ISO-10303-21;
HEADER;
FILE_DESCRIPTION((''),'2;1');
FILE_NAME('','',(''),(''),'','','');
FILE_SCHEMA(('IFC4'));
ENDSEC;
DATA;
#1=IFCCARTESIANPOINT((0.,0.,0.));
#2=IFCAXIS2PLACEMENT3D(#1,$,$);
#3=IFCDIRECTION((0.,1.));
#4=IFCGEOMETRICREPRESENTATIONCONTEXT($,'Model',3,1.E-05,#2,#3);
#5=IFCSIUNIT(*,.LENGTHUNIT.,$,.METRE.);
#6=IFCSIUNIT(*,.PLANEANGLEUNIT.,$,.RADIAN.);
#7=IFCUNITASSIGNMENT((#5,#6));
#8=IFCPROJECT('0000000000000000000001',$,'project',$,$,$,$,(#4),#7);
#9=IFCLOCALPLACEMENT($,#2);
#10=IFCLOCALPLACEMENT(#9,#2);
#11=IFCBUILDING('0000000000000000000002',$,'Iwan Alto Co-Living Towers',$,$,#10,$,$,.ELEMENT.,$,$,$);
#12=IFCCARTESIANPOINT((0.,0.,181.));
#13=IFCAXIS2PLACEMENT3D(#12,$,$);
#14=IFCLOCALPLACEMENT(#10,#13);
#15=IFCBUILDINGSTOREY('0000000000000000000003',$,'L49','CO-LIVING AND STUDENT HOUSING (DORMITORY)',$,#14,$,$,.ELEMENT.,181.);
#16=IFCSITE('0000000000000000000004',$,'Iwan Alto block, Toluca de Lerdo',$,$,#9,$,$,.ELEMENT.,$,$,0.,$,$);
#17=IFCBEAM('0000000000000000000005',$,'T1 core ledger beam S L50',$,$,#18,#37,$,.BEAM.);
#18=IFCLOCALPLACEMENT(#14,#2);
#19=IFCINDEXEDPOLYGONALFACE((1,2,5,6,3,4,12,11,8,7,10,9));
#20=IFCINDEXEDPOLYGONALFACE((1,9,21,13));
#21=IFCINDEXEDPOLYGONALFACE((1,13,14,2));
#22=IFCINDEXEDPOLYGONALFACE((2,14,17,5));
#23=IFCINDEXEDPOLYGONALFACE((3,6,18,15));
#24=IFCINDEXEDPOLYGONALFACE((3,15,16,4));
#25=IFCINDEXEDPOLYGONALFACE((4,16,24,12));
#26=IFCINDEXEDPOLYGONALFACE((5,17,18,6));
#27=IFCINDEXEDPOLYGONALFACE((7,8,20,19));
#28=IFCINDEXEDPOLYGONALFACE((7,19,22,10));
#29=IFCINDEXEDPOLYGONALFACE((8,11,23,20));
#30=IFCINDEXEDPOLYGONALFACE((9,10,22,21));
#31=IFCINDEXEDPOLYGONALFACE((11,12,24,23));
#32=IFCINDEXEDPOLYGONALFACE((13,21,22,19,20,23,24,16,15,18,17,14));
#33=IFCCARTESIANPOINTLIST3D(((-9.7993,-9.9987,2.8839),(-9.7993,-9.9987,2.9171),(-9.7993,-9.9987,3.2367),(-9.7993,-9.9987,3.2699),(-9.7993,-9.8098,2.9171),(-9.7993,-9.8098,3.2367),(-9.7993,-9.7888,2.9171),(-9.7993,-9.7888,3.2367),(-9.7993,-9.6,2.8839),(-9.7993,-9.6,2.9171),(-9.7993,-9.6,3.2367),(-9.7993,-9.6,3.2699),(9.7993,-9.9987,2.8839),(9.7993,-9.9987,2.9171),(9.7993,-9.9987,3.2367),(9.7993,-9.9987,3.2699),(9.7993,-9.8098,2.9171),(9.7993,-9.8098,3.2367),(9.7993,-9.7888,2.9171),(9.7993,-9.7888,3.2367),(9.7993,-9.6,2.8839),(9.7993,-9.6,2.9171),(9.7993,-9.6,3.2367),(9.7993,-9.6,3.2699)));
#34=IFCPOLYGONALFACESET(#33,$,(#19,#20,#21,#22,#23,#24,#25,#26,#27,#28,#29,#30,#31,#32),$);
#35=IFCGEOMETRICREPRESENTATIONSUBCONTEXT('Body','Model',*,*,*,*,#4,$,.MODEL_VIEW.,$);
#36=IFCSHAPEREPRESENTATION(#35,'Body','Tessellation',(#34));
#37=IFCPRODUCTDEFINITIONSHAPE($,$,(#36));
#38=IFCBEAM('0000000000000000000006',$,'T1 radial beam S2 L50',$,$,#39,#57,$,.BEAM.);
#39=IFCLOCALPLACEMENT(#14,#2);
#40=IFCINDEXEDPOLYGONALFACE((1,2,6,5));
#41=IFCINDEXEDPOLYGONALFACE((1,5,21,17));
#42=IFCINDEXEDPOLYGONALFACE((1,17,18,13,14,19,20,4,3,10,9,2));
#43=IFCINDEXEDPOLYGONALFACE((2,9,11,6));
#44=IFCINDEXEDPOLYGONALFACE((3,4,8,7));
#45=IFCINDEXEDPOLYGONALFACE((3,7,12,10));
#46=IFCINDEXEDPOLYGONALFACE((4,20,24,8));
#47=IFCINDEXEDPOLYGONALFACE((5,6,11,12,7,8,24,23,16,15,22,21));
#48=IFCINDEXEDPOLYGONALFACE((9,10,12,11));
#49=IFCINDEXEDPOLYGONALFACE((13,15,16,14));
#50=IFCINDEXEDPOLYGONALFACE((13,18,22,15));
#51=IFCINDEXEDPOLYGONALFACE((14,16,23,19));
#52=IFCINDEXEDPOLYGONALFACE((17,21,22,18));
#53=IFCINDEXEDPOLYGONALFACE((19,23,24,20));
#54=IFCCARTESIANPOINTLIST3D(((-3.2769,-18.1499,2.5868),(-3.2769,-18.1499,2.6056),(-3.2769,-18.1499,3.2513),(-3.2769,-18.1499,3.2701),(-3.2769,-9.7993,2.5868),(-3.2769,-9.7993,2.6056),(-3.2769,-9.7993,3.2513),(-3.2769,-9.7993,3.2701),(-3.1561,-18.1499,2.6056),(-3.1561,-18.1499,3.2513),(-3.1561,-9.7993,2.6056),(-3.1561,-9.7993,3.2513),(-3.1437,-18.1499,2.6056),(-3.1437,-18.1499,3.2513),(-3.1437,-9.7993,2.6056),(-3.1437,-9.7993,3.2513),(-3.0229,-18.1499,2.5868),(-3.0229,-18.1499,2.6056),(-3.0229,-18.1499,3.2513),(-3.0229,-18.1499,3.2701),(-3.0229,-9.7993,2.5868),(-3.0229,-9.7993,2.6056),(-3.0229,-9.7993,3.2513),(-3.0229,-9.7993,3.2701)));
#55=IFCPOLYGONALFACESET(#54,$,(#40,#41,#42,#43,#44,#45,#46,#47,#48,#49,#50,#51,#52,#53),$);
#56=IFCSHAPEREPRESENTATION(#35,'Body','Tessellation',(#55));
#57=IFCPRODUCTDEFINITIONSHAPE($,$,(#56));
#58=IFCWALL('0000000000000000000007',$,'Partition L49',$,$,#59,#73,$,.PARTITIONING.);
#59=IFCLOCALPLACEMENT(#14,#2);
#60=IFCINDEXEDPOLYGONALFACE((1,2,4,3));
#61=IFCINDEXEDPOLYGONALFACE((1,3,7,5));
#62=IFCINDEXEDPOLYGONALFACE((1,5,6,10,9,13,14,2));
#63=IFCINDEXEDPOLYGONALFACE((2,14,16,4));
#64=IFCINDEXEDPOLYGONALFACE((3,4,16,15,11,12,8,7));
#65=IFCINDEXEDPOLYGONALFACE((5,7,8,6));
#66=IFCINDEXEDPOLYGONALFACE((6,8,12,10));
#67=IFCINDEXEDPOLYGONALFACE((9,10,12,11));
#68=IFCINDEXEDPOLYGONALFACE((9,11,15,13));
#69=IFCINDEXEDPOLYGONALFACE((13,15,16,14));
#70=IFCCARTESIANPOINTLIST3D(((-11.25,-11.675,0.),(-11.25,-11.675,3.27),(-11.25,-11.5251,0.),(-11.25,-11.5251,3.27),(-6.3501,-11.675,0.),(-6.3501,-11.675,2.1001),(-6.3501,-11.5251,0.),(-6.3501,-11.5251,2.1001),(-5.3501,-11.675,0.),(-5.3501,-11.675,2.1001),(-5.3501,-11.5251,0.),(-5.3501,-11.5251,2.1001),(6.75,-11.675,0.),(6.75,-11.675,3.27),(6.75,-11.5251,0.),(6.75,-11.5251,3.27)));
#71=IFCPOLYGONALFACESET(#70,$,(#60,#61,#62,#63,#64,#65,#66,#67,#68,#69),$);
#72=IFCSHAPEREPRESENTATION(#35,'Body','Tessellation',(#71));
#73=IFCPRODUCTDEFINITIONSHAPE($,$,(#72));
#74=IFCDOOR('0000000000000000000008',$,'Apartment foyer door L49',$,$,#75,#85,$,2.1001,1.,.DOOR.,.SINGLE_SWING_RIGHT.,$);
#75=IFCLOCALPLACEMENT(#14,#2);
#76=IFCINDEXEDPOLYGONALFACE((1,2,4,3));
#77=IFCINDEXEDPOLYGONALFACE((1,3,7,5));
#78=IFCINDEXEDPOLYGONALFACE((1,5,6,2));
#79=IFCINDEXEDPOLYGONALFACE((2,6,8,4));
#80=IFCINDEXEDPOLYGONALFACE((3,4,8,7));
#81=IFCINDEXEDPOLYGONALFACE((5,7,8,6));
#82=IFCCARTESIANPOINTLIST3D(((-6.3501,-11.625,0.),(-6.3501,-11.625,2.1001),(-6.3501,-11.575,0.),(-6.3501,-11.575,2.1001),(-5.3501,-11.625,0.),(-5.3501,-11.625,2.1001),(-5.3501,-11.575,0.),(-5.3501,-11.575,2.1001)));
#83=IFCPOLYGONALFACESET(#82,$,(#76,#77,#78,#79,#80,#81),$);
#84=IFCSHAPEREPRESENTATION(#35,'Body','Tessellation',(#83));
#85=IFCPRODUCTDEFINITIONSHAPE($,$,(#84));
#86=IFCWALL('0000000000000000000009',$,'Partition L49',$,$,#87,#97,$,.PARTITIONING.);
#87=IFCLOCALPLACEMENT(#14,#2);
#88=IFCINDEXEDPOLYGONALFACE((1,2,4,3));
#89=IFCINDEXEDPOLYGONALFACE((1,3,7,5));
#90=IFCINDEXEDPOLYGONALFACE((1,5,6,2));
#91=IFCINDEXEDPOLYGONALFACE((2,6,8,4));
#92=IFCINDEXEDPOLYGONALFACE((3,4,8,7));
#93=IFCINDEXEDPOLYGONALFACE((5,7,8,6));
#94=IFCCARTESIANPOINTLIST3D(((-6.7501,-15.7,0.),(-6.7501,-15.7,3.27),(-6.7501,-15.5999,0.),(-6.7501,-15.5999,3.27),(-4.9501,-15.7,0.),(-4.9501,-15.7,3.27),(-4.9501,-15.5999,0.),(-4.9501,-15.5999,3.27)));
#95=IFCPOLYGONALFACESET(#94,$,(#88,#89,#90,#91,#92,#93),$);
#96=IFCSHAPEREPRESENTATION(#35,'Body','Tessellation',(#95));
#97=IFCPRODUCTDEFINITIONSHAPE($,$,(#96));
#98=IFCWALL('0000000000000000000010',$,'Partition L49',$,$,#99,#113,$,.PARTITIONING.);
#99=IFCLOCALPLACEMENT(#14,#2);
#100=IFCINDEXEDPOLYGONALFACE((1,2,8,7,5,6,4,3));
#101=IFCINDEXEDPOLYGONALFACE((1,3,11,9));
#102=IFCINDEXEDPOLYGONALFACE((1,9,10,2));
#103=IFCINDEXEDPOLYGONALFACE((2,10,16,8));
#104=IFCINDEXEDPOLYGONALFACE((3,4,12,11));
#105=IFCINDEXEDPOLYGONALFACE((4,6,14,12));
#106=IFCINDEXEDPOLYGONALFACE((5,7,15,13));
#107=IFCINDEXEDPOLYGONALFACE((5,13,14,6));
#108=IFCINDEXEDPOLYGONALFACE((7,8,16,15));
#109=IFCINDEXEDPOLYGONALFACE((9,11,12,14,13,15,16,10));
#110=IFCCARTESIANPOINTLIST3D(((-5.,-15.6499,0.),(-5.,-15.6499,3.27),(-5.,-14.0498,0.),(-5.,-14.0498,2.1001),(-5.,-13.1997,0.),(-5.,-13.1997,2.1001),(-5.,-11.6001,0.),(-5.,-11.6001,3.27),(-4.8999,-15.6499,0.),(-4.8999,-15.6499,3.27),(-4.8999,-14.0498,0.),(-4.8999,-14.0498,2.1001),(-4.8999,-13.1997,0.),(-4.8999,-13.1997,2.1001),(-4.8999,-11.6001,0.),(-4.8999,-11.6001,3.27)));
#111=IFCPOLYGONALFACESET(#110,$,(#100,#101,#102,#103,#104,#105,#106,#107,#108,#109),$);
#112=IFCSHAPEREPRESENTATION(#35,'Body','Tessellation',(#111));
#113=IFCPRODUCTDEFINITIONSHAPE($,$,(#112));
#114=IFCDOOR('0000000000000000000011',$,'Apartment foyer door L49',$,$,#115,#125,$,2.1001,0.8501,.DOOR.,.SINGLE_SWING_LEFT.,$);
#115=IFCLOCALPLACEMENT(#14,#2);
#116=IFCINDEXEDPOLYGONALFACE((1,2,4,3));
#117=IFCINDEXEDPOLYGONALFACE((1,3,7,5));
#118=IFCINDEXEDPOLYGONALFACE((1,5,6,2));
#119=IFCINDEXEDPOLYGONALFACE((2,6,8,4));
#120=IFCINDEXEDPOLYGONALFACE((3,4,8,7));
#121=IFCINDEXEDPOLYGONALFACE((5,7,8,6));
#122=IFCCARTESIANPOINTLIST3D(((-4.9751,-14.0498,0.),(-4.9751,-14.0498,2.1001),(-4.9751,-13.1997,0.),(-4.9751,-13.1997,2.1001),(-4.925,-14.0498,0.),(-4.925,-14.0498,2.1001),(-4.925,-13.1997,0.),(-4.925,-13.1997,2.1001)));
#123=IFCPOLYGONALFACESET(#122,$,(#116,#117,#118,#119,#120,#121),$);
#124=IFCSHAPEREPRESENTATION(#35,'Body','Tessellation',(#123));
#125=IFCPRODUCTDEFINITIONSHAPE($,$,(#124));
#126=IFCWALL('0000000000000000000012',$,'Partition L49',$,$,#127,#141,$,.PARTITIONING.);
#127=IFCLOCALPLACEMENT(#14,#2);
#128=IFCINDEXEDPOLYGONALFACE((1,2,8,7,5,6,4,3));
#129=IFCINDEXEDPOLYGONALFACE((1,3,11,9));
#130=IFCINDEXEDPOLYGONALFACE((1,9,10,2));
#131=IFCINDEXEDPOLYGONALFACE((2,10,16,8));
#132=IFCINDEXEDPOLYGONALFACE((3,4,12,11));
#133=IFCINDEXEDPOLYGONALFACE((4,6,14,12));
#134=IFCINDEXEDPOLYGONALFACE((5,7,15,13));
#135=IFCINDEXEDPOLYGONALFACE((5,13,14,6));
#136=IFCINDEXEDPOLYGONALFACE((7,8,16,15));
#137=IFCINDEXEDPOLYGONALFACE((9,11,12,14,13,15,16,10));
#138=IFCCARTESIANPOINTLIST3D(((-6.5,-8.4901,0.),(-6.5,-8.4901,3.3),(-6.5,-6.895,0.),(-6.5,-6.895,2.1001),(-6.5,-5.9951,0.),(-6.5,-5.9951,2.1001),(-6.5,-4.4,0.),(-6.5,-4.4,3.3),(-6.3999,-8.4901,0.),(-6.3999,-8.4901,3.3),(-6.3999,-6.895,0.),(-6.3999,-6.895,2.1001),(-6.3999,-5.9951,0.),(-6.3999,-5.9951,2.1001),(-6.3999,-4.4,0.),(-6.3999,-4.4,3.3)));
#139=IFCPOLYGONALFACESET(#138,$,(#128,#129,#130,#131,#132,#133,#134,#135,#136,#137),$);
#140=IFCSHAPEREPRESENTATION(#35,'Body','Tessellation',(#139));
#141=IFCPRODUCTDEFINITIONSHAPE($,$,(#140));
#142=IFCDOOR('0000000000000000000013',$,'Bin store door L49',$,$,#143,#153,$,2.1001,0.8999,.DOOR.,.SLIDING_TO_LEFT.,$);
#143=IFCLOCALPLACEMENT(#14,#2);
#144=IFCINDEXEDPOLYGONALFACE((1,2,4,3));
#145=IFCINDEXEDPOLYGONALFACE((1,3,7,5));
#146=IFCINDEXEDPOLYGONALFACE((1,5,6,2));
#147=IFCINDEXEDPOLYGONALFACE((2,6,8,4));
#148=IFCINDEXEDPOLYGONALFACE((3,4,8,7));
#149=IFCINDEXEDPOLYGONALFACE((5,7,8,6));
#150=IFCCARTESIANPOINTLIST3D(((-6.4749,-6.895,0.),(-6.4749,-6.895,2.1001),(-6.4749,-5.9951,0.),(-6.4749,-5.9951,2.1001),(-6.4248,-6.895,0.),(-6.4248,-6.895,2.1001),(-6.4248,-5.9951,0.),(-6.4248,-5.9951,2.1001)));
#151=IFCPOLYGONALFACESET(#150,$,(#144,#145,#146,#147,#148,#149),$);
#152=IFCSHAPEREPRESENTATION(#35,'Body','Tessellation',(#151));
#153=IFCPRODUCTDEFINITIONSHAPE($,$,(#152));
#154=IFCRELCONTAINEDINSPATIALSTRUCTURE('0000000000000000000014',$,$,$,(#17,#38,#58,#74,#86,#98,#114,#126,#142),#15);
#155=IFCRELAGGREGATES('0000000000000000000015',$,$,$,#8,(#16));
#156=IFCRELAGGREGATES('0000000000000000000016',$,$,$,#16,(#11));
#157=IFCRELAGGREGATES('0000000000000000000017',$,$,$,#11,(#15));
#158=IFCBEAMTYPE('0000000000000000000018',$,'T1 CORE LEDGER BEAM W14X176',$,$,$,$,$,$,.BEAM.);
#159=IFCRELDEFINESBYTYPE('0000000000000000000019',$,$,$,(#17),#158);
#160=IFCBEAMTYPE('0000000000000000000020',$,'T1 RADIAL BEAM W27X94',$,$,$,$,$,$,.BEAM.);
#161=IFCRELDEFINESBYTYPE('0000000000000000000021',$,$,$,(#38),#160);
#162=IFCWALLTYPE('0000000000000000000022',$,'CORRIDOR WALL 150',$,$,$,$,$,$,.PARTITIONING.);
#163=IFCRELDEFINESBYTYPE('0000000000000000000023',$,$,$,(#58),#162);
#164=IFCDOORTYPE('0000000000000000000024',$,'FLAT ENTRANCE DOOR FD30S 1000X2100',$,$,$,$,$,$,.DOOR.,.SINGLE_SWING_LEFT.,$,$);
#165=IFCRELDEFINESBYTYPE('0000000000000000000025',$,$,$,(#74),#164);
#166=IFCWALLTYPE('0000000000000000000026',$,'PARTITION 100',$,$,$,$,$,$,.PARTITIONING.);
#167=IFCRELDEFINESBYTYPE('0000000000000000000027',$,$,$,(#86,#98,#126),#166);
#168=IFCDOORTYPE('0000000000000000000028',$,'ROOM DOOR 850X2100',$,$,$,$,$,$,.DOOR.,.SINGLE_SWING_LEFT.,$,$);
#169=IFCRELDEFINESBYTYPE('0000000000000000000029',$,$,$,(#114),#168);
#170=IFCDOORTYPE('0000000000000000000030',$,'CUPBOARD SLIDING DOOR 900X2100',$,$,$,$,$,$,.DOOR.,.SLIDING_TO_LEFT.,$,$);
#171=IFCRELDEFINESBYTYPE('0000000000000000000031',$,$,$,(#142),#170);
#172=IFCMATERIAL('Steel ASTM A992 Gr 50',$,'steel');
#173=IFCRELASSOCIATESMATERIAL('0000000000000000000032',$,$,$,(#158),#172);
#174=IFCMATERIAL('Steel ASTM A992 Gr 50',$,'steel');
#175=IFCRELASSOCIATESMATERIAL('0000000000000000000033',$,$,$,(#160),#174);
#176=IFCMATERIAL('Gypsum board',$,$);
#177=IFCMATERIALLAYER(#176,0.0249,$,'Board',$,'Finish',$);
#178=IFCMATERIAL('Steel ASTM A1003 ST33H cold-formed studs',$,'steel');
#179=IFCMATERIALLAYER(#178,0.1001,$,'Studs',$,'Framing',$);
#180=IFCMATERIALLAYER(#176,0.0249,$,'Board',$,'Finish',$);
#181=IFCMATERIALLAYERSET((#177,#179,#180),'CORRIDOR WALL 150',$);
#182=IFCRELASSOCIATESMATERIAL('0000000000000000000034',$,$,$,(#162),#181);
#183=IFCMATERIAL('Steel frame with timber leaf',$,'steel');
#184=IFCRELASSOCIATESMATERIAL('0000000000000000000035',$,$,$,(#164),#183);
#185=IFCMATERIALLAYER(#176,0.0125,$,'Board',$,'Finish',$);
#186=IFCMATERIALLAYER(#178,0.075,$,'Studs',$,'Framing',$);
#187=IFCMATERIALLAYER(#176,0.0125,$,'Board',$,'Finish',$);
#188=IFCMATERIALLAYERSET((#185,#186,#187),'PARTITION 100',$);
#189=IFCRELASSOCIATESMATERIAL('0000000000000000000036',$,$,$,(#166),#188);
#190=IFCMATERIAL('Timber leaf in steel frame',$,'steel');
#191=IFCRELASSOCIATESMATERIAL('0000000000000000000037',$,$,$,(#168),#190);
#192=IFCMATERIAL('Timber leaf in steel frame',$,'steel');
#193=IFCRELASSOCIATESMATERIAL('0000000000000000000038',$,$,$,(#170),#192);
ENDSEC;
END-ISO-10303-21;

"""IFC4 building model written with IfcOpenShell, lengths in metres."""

from ifc_helpers import new_model, si_unit, direction, frame, frame_2d, origin, origin_2d, place, context, subcontext, project, spatial, rectangle, i_section, extrude, material, layer, layer_set, material_profile, profile_set, type_object, element, fill, save


model = new_model("IFC4")

# Units and contexts
model_context = context("Model", 3, precision=1e-05, world=origin(), true_north=direction((0.0, 1.0)))
body_context = subcontext(model_context, "Body", "Model", "MODEL_VIEW")
ifc_project = project(units=[si_unit("LENGTHUNIT", "METRE"), si_unit("PLANEANGLEUNIT", "RADIAN")], contexts=[model_context])

# Site, building, storey
site_placement = place(None, origin())
site = spatial("IfcSite", under=ifc_project, at=site_placement, Name="Iwan Alto block, Toluca de Lerdo", CompositionType="ELEMENT", RefElevation=0.0)
building_placement = place(site_placement, origin())
building = spatial("IfcBuilding", under=site, at=building_placement, Name="Iwan Alto Co-Living Towers", CompositionType="ELEMENT")
storey_placement = place(building_placement, frame((0.0, 0.0, 181.0)))
storey = spatial("IfcBuildingStorey", under=building, at=storey_placement, Name="L49", Description="CO-LIVING AND STUDENT HOUSING (DORMITORY)", CompositionType="ELEMENT", Elevation=181.0)

# Beams
ifc_material_1 = material(Name="Steel ASTM A992 Gr 50", Category="steel")
ifc_material_profile_1 = material_profile(ifc_material_1, i_section(OverallWidth=0.3987, OverallDepth=0.386, WebThickness=0.021, FlangeThickness=0.0332, at=origin_2d()), Name="W14X176")
ifc_profile_set_1 = profile_set([ifc_material_profile_1], Name="Steel ASTM A992 Gr 50")
beam_type_1 = type_object("IfcBeamType", Name="T1 CORE LEDGER BEAM W14X176", PredefinedType="BEAM", material=ifc_profile_set_1)
beam_1_placement = place(storey_placement, frame((-9.7993, -9.7993, 3.0769), z_axis=(1.0, 0.0, 0.0), x_axis=(0.0, 1.0, 0.0)))
element("IfcBeam", 1, at=beam_1_placement, inside=storey, type_object=beam_type_1, Name="T1 core ledger beam S L50", PredefinedType="BEAM", context=body_context, shape_type="SweptSolid", body=[
    extrude(i_section(OverallWidth=0.3987, OverallDepth=0.386, WebThickness=0.021, FlangeThickness=0.0332, at=origin_2d()), origin(), (0.0, 0.0, 1.0), 19.5986),
])
ifc_material_2 = material(Name="Steel ASTM A992 Gr 50", Category="steel")
ifc_material_profile_2 = material_profile(ifc_material_2, i_section(OverallWidth=0.2539, OverallDepth=0.6833, WebThickness=0.0125, FlangeThickness=0.0188, at=origin_2d()), Name="W27X94")
ifc_profile_set_2 = profile_set([ifc_material_profile_2], Name="Steel ASTM A992 Gr 50")
beam_type_2 = type_object("IfcBeamType", Name="T1 RADIAL BEAM W27X94", PredefinedType="BEAM", material=ifc_profile_set_2)
beam_2_placement = place(storey_placement, frame((-3.1499, -18.1499, 2.9285), z_axis=(0.0, 1.0, 0.0), x_axis=(-1.0, 0.0, 0.0)))
element("IfcBeam", 2, at=beam_2_placement, inside=storey, type_object=beam_type_2, Name="T1 radial beam S2 L50", PredefinedType="BEAM", context=body_context, shape_type="SweptSolid", body=[
    extrude(i_section(OverallWidth=0.2539, OverallDepth=0.6833, WebThickness=0.0125, FlangeThickness=0.0188, at=origin_2d()), origin(), (0.0, 0.0, 1.0), 8.3506),
])

# Wall, opening, door
ifc_material_3 = material(Name="Gypsum board")
ifc_layer_1 = layer(ifc_material_3, 0.0249, Name="Board", Category="Finish")
ifc_material_4 = material(Name="Steel ASTM A1003 ST33H cold-formed studs", Category="steel")
ifc_layer_2 = layer(ifc_material_4, 0.1001, Name="Studs", Category="Framing")
ifc_layer_3 = layer(ifc_material_3, 0.0249, Name="Board", Category="Finish")
ifc_layer_set_1 = layer_set([ifc_layer_1, ifc_layer_2, ifc_layer_3], Name="CORRIDOR WALL 150")
wall_type_1 = type_object("IfcWallType", Name="CORRIDOR WALL 150", PredefinedType="PARTITIONING", material=ifc_layer_set_1)
wall_1_placement = place(storey_placement, frame((-11.25, -11.6001, 0.0), z_axis=(0.0, 0.0, 1.0), x_axis=(1.0, 0.0, 0.0)))
wall_1 = element("IfcWall", 3, at=wall_1_placement, inside=storey, type_object=wall_type_1, Name="Partition L49", PredefinedType="PARTITIONING", context=body_context, shape_type="SweptSolid", body=[
    extrude(rectangle(XDim=18.0, YDim=0.1499, at=frame_2d((9.0, 0.0))), origin(), (0.0, 0.0, 1.0), 3.27),
])
opening_1_placement = place(wall_1_placement, frame((4.8999, 0.0, 0.0)))
opening_1 = element("IfcOpeningElement", 4, at=opening_1_placement, cuts=wall_1, PredefinedType="OPENING", context=body_context, shape_type="SweptSolid", body=[
    extrude(rectangle(XDim=1.0, YDim=2.1001, at=frame_2d((0.5, 1.05))), frame((0.0, 0.085, 0.0), z_axis=(0.0, -1.0, 0.0), x_axis=(1.0, 0.0, 0.0)), (0.0, 0.0, 1.0), 0.1699),
])
ifc_material_5 = material(Name="Steel frame with timber leaf", Category="steel")
door_type_1 = type_object("IfcDoorType", Name="FLAT ENTRANCE DOOR FD30S 1000X2100", OperationType="SINGLE_SWING_LEFT", PredefinedType="DOOR", material=ifc_material_5)
door_1_placement = place(opening_1_placement, frame((1.0, 0.0, 0.0), z_axis=(0.0, 0.0, 1.0), x_axis=(-1.0, 0.0, 0.0)))
door_1 = element("IfcDoor", 5, at=door_1_placement, inside=storey, type_object=door_type_1, Name="Apartment foyer door L49", OperationType="SINGLE_SWING_RIGHT", OverallHeight=2.1001, OverallWidth=1.0, PredefinedType="DOOR", context=body_context, shape_type="SweptSolid", body=[
    extrude(rectangle(XDim=1.0, YDim=2.1001, at=frame_2d((0.5, 1.05))), frame((0.0, 0.0249, 0.0), z_axis=(0.0, -1.0, 0.0), x_axis=(1.0, 0.0, 0.0)), (0.0, 0.0, 1.0), 0.05),
])
fill(opening_1, door_1)

# Wall
ifc_layer_4 = layer(ifc_material_3, 0.0125, Name="Board", Category="Finish")
ifc_layer_5 = layer(ifc_material_4, 0.075, Name="Studs", Category="Framing")
ifc_layer_6 = layer(ifc_material_3, 0.0125, Name="Board", Category="Finish")
ifc_layer_set_2 = layer_set([ifc_layer_4, ifc_layer_5, ifc_layer_6], Name="PARTITION 100")
wall_type_2 = type_object("IfcWallType", Name="PARTITION 100", PredefinedType="PARTITIONING", material=ifc_layer_set_2)
wall_2_placement = place(storey_placement, frame((-6.75, -15.6499, 0.0), z_axis=(0.0, 0.0, 1.0), x_axis=(1.0, 0.0, 0.0)))
element("IfcWall", 6, at=wall_2_placement, inside=storey, type_object=wall_type_2, Name="Partition L49", PredefinedType="PARTITIONING", context=body_context, shape_type="SweptSolid", body=[
    extrude(rectangle(XDim=1.8, YDim=0.1001, at=frame_2d((0.8999, 0.0))), origin(), (0.0, 0.0, 1.0), 3.27),
])

# Walls, openings, doors
wall_3_placement = place(storey_placement, frame((-4.95, -15.6499, 0.0), z_axis=(0.0, 0.0, 1.0), x_axis=(0.0, 1.0, 0.0)))
wall_3 = element("IfcWall", 7, at=wall_3_placement, inside=storey, type_object=wall_type_2, Name="Partition L49", PredefinedType="PARTITIONING", context=body_context, shape_type="SweptSolid", body=[
    extrude(rectangle(XDim=4.0498, YDim=0.1001, at=frame_2d((2.0249, 0.0))), origin(), (0.0, 0.0, 1.0), 3.27),
])
opening_2_placement = place(wall_3_placement, frame((1.6001, 0.0, 0.0)))
opening_2 = element("IfcOpeningElement", 8, at=opening_2_placement, cuts=wall_3, PredefinedType="OPENING", context=body_context, shape_type="SweptSolid", body=[
    extrude(rectangle(XDim=0.8501, YDim=2.1001, at=frame_2d((0.425, 1.05))), frame((0.0, 0.0601, 0.0), z_axis=(0.0, -1.0, 0.0), x_axis=(1.0, 0.0, 0.0)), (0.0, 0.0, 1.0), 0.1201),
])
ifc_material_6 = material(Name="Timber leaf in steel frame", Category="steel")
door_type_2 = type_object("IfcDoorType", Name="ROOM DOOR 850X2100", OperationType="SINGLE_SWING_LEFT", PredefinedType="DOOR", material=ifc_material_6)
door_2_placement = place(opening_2_placement, frame((0.8501, 0.0, 0.0), z_axis=(0.0, 0.0, 1.0), x_axis=(-1.0, 0.0, 0.0)))
door_2 = element("IfcDoor", 9, at=door_2_placement, inside=storey, type_object=door_type_2, Name="Apartment foyer door L49", OperationType="SINGLE_SWING_LEFT", OverallHeight=2.1001, OverallWidth=0.8501, PredefinedType="DOOR", context=body_context, shape_type="SweptSolid", body=[
    extrude(rectangle(XDim=0.8501, YDim=2.1001, at=frame_2d((0.425, 1.05))), frame((0.0, 0.0249, 0.0), z_axis=(0.0, -1.0, 0.0), x_axis=(1.0, 0.0, 0.0)), (0.0, 0.0, 1.0), 0.05),
])
fill(opening_2, door_2)
wall_4_placement = place(storey_placement, frame((-6.45, -8.49, 0.0), z_axis=(0.0, 0.0, 1.0), x_axis=(0.0, 1.0, 0.0)))
wall_4 = element("IfcWall", 10, at=wall_4_placement, inside=storey, type_object=wall_type_2, Name="Partition L49", PredefinedType="PARTITIONING", context=body_context, shape_type="SweptSolid", body=[
    extrude(rectangle(XDim=4.0901, YDim=0.1001, at=frame_2d((2.0449, 0.0))), origin(), (0.0, 0.0, 1.0), 3.3),
])
opening_3_placement = place(wall_4_placement, frame((1.595, 0.0, 0.0)))
opening_3 = element("IfcOpeningElement", 11, at=opening_3_placement, cuts=wall_4, PredefinedType="OPENING", context=body_context, shape_type="SweptSolid", body=[
    extrude(rectangle(XDim=0.8999, YDim=2.1001, at=frame_2d((0.45, 1.05))), frame((0.0, 0.0601, 0.0), z_axis=(0.0, -1.0, 0.0), x_axis=(1.0, 0.0, 0.0)), (0.0, 0.0, 1.0), 0.1201),
])
ifc_material_7 = material(Name="Timber leaf in steel frame", Category="steel")
door_type_3 = type_object("IfcDoorType", Name="CUPBOARD SLIDING DOOR 900X2100", OperationType="SLIDING_TO_LEFT", PredefinedType="DOOR", material=ifc_material_7)
door_3_placement = place(opening_3_placement, origin())
door_3 = element("IfcDoor", 12, at=door_3_placement, inside=storey, type_object=door_type_3, Name="Bin store door L49", OperationType="SLIDING_TO_LEFT", OverallHeight=2.1001, OverallWidth=0.8999, PredefinedType="DOOR", context=body_context, shape_type="SweptSolid", body=[
    extrude(rectangle(XDim=0.8999, YDim=2.1001, at=frame_2d((0.45, 1.05))), frame((0.0, 0.0249, 0.0), z_axis=(0.0, -1.0, 0.0), x_axis=(1.0, 0.0, 0.0)), (0.0, 0.0, 1.0), 0.05),
])
fill(opening_3, door_3)

save(model, "model.ifc")
